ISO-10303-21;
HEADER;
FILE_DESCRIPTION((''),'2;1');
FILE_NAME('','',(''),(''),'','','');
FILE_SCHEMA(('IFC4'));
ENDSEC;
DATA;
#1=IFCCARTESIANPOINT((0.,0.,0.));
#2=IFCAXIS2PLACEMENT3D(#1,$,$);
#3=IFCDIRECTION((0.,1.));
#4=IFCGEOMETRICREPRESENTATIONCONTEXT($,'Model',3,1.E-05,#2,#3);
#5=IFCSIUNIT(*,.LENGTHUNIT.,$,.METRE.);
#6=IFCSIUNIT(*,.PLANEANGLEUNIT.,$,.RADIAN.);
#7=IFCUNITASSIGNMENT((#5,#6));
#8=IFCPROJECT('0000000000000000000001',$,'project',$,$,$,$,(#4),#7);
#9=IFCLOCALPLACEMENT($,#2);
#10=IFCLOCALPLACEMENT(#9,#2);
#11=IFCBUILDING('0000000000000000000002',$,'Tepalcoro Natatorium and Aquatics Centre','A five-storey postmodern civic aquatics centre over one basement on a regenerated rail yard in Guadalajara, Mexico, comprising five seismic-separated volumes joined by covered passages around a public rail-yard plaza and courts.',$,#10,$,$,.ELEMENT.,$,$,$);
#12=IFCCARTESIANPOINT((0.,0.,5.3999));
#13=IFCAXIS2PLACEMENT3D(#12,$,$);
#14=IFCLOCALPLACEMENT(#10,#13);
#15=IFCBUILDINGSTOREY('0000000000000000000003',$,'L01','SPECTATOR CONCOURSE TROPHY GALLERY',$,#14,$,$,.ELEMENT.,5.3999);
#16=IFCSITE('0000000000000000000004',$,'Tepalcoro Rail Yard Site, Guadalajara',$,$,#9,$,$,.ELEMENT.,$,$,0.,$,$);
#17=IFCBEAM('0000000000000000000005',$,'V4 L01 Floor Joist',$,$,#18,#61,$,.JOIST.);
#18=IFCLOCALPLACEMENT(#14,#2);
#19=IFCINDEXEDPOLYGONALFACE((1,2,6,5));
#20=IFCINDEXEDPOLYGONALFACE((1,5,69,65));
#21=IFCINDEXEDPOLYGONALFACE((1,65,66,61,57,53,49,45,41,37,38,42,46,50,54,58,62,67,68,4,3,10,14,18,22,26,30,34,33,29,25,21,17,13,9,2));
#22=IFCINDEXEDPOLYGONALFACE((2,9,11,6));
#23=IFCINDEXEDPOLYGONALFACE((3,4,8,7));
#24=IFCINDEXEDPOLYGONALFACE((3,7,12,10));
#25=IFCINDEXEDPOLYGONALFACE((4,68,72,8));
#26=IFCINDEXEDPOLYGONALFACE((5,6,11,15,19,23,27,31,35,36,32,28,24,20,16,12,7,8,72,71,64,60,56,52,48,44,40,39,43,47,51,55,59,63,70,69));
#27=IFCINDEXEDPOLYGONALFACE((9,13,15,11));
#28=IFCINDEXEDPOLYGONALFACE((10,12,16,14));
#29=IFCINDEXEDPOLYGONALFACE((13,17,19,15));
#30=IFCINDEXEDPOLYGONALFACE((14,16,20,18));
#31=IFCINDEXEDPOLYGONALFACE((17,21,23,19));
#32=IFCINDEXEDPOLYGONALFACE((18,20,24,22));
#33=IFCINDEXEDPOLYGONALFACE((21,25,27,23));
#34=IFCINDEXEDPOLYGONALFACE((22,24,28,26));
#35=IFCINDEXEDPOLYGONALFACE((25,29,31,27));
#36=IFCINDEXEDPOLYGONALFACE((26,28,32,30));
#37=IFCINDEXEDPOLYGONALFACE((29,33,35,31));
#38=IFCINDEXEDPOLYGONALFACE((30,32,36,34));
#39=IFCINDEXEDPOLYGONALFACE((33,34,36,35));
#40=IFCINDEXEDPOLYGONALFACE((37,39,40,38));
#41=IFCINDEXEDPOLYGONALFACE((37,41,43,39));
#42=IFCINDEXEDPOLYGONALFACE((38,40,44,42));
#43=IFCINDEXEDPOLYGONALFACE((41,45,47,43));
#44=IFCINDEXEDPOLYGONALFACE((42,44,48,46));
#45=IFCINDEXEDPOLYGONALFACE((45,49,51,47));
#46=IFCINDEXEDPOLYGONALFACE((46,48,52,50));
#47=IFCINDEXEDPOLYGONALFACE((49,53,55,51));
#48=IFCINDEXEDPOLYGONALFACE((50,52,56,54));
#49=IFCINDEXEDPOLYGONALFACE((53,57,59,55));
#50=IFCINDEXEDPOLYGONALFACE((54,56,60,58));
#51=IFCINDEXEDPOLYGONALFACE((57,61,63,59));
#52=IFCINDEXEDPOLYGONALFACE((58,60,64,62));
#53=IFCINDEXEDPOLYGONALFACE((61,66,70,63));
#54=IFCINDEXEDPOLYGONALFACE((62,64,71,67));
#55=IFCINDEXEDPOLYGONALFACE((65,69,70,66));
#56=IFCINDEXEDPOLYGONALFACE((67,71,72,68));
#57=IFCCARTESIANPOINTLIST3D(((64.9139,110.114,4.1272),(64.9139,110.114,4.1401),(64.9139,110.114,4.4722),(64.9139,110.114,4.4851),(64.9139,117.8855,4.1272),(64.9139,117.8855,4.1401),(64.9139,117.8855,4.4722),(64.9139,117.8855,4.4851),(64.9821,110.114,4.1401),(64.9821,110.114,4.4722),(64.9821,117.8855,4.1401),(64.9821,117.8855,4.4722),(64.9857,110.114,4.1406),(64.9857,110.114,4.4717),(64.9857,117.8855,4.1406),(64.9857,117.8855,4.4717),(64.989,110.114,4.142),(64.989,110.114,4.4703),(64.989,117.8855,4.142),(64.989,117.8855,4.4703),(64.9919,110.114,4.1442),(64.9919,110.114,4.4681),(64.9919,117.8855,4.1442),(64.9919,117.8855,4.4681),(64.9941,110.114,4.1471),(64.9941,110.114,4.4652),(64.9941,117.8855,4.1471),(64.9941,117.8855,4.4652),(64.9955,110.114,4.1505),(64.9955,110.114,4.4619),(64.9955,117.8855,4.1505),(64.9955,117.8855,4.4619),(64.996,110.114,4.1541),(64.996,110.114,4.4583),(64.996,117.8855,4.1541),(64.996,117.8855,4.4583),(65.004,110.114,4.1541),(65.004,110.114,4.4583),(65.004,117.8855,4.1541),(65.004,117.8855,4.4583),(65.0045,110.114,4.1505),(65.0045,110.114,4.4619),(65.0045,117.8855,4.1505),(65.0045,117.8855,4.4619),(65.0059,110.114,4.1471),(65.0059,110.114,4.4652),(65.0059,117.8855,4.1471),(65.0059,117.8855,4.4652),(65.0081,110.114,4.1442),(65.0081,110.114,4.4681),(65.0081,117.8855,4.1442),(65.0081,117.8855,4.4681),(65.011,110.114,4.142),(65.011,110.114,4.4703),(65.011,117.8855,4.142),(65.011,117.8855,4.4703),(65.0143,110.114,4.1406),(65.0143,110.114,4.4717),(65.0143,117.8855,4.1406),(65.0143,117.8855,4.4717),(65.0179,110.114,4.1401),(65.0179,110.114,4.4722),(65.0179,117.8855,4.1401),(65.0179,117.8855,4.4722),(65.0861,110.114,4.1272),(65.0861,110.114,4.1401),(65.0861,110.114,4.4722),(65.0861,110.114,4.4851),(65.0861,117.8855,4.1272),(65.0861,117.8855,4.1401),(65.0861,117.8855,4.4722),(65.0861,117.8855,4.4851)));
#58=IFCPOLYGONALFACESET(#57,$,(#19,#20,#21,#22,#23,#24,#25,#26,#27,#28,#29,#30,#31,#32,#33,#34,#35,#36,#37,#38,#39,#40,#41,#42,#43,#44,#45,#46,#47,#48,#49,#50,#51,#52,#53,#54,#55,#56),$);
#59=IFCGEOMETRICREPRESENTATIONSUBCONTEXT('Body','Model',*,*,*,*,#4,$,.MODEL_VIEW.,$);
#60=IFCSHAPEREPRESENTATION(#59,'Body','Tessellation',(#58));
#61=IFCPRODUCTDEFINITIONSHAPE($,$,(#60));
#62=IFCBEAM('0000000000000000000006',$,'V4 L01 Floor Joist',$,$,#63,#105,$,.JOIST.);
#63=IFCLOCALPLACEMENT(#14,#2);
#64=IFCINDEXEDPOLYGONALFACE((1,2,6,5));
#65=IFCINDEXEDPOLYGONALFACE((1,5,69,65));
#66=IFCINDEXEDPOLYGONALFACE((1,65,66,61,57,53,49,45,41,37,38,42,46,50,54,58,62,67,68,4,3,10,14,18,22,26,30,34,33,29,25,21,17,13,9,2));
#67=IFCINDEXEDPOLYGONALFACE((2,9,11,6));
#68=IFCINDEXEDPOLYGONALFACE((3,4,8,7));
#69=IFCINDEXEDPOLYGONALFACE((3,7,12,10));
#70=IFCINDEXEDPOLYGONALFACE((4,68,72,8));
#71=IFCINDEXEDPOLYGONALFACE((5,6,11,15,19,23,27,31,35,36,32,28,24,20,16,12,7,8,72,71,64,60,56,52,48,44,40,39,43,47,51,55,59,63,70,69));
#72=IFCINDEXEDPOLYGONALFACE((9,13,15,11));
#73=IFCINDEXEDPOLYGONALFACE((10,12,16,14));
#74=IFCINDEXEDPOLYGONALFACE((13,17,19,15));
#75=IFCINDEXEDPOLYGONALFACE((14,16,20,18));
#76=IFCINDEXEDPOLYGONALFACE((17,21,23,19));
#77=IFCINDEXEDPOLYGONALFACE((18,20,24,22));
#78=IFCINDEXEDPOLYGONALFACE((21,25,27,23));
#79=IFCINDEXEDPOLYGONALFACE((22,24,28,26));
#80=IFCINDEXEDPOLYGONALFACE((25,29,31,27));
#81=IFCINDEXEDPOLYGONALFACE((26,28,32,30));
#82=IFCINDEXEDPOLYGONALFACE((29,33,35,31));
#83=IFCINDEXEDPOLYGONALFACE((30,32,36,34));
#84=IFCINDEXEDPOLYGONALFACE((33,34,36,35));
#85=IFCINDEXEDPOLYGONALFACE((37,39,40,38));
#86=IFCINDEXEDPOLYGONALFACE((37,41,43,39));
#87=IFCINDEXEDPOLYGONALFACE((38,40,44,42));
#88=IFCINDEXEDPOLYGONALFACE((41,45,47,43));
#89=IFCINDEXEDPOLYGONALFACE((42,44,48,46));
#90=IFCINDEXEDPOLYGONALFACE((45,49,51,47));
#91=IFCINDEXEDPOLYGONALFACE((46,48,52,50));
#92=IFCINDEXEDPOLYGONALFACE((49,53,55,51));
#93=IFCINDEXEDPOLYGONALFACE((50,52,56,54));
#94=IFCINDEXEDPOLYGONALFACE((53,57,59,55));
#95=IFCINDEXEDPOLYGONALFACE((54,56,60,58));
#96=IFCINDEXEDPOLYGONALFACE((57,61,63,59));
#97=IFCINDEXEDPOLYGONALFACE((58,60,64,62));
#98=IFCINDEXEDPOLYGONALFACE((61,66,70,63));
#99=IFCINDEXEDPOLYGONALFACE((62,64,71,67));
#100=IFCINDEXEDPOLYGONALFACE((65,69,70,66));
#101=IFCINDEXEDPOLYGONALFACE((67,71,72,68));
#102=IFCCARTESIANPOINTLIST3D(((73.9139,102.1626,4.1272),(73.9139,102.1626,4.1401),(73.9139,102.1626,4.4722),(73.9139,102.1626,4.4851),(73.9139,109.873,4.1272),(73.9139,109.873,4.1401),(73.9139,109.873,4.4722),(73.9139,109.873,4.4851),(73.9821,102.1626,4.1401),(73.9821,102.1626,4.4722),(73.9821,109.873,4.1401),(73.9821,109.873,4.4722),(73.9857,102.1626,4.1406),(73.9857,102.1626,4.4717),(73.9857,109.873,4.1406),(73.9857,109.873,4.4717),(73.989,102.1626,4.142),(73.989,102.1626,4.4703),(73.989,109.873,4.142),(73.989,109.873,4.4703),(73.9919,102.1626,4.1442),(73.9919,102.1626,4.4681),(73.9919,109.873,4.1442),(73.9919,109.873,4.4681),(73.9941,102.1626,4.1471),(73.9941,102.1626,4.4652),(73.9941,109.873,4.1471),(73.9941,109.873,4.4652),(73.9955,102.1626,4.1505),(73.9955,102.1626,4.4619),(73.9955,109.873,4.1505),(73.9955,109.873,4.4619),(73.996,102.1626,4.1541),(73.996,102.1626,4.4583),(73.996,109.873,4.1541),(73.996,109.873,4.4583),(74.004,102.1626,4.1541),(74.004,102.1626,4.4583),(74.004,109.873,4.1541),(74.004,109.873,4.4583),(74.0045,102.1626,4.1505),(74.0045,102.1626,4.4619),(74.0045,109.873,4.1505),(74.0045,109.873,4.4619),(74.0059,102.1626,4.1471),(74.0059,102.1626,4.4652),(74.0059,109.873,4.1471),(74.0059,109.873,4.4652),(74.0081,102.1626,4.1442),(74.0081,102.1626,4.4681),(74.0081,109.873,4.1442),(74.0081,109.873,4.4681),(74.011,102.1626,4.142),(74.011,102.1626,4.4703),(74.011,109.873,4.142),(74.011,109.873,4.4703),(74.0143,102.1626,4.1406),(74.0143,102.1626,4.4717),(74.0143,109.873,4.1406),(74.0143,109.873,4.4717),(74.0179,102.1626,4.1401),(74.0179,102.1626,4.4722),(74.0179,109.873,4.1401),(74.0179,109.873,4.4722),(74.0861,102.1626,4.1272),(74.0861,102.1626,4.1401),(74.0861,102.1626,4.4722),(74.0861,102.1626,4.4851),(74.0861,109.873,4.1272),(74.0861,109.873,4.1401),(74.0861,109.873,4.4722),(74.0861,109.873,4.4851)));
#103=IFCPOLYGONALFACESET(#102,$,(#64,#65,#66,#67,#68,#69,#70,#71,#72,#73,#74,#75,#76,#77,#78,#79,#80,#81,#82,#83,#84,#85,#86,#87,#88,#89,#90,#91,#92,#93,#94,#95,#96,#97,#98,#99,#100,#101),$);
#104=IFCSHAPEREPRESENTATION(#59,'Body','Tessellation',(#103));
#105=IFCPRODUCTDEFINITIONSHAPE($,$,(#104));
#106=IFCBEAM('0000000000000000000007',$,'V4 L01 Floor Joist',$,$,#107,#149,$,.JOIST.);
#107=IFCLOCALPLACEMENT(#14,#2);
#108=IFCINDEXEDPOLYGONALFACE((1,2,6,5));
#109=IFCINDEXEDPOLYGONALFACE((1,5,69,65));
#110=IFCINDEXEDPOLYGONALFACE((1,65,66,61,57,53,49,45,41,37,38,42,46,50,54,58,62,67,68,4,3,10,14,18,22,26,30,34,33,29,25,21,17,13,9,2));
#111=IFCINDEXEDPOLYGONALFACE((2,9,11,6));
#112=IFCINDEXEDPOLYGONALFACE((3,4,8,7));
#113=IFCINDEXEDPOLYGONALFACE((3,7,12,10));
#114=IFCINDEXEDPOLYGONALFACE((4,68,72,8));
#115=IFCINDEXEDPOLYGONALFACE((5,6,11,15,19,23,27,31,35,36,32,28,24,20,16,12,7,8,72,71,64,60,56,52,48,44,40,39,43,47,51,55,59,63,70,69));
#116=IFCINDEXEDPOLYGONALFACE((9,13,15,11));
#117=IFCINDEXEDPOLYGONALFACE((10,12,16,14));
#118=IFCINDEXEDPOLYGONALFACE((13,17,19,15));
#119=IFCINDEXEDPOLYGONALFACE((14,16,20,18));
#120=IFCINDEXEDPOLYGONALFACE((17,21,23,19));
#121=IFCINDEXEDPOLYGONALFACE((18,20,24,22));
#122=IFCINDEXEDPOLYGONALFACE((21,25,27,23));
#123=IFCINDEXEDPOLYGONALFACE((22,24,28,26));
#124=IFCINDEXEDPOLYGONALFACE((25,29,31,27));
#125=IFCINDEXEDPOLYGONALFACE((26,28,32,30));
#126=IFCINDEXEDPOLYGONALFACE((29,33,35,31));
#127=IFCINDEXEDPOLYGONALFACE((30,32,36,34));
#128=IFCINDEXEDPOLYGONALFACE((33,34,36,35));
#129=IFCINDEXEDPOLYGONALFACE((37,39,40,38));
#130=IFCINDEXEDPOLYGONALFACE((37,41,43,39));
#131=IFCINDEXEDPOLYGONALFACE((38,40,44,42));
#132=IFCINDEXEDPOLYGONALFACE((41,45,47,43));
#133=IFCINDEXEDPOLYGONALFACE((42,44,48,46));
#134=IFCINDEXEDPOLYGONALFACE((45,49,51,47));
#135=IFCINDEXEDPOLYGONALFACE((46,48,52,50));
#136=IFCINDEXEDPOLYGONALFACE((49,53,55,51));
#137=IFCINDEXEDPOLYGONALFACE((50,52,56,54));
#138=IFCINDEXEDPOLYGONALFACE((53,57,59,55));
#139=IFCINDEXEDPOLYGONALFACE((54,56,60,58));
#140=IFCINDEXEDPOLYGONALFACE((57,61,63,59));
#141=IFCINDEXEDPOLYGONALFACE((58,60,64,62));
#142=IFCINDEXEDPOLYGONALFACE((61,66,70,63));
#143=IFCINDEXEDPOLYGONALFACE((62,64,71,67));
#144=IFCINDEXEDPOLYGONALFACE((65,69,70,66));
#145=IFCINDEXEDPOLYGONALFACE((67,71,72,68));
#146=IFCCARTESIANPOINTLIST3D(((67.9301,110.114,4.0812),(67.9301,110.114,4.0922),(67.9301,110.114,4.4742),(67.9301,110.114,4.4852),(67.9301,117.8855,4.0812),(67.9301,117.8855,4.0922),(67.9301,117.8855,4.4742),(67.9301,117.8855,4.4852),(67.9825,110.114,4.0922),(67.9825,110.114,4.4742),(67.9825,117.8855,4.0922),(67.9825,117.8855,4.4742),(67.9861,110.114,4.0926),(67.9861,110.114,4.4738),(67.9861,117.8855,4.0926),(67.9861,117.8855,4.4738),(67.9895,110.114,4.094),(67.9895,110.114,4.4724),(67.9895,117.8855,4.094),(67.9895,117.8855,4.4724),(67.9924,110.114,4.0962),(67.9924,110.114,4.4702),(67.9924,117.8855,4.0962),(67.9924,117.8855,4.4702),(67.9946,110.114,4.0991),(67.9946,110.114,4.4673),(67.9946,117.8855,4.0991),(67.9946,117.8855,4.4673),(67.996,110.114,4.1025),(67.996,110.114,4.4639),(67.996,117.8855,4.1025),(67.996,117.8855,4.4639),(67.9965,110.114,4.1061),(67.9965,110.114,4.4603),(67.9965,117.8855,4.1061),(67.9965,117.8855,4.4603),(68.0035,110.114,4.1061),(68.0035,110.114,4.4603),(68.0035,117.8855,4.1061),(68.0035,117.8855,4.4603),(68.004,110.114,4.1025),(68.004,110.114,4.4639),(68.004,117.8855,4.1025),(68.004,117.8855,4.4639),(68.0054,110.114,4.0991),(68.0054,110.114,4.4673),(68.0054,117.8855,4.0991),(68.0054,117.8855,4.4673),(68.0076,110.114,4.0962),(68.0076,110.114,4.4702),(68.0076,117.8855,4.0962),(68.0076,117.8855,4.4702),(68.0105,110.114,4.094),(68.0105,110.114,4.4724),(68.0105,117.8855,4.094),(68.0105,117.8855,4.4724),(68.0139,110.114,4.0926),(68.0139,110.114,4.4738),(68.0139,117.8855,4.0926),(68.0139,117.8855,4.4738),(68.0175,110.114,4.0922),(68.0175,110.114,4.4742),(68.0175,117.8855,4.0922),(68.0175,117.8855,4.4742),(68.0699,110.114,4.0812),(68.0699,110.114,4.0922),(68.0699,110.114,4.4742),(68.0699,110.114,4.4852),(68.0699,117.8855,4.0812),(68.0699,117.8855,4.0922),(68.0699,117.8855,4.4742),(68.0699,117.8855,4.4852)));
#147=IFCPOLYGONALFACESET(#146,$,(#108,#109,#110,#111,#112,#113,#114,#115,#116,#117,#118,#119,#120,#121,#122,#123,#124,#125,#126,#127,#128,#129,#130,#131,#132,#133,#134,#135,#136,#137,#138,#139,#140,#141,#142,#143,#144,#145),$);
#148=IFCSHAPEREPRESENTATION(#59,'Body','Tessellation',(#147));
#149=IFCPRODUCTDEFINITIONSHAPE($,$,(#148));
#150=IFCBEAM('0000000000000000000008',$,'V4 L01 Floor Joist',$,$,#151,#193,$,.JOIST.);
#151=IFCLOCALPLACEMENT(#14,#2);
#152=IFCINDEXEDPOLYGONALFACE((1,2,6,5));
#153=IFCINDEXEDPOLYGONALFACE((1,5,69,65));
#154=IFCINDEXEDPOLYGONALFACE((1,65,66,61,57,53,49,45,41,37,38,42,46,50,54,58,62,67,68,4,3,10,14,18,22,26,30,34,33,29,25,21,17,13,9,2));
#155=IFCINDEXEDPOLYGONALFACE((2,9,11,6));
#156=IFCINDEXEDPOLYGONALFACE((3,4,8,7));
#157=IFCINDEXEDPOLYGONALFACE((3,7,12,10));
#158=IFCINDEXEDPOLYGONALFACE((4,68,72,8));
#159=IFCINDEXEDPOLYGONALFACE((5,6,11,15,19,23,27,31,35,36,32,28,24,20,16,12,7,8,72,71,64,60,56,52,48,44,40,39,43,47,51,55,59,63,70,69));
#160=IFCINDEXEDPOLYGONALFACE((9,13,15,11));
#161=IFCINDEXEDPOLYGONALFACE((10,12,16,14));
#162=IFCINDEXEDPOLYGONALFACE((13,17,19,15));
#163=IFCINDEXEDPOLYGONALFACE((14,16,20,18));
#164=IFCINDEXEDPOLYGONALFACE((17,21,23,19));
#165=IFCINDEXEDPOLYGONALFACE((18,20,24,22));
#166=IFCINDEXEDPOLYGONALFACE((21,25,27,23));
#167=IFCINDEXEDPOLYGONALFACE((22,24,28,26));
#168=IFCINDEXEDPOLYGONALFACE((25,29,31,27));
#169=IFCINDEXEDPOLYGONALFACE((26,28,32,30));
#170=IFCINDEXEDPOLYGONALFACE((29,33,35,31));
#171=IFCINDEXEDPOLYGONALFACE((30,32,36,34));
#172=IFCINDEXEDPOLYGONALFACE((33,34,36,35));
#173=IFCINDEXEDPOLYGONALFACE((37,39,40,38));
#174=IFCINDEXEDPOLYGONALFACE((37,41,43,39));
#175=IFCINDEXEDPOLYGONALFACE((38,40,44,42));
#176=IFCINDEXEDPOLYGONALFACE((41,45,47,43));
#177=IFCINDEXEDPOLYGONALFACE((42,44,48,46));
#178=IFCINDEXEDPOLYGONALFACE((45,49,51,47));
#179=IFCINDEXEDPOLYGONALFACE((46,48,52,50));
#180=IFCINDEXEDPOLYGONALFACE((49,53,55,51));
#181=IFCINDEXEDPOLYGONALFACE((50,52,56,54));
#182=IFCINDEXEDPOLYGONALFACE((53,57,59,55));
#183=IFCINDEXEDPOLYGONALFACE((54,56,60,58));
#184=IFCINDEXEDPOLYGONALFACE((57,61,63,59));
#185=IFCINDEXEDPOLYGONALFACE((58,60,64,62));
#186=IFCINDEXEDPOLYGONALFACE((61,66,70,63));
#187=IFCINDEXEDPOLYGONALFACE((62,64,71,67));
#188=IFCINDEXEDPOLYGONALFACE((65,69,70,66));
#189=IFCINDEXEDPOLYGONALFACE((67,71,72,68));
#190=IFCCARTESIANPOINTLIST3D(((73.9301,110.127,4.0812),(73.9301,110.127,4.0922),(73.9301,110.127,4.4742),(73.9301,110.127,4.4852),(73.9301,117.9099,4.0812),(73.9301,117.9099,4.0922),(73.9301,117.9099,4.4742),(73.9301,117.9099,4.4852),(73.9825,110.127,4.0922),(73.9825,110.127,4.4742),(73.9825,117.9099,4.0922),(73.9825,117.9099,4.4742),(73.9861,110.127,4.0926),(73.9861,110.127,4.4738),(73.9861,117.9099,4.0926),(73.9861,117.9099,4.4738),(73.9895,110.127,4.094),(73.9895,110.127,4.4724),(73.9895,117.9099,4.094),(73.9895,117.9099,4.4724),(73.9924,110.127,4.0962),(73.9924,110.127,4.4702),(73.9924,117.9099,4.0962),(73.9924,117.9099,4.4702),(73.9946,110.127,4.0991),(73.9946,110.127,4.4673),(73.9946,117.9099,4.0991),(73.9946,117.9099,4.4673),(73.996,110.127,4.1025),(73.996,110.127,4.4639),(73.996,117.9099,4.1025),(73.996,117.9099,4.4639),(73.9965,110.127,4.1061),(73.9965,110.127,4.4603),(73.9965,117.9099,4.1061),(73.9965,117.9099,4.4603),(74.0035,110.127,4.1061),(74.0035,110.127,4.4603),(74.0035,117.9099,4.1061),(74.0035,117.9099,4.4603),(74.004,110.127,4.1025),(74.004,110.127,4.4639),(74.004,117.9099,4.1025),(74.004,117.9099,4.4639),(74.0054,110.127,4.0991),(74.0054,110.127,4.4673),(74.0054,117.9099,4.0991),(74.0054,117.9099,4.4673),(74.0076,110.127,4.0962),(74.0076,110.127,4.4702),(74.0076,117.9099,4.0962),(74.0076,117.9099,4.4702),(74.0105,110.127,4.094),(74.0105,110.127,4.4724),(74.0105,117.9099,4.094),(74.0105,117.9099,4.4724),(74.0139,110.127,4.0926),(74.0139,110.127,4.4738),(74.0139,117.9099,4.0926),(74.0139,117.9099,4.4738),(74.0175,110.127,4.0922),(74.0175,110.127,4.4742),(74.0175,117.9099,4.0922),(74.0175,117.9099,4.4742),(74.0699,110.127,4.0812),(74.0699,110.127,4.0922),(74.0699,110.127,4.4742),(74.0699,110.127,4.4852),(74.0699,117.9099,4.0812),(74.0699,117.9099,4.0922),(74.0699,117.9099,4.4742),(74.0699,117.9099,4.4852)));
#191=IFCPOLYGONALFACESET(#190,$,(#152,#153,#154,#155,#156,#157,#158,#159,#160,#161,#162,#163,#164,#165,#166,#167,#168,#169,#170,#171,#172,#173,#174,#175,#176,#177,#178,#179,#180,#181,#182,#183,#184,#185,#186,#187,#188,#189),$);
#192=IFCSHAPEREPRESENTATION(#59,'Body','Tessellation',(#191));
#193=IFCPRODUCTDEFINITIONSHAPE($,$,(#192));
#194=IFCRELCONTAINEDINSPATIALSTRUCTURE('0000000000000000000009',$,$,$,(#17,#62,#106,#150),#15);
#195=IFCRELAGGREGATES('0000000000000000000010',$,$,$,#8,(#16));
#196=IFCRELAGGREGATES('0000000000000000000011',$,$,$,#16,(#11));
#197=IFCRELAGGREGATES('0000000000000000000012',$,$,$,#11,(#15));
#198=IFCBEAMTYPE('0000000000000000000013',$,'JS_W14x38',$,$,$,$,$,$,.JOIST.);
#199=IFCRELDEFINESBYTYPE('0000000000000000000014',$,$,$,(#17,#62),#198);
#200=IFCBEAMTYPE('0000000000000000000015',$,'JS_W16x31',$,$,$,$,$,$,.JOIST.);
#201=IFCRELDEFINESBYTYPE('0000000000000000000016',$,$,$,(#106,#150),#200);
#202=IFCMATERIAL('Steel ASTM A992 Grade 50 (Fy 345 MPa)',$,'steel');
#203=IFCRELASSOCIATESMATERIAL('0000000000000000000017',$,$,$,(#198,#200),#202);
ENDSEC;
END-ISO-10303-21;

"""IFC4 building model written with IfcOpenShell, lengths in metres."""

from ifc_helpers import new_model, si_unit, direction, frame, origin, origin_2d, place, context, subcontext, project, spatial, i_section, extrude, material, material_profile, profile_set, type_object, element, save


model = new_model("IFC4")

# Units and contexts
model_context = context("Model", 3, precision=1e-05, world=origin(), true_north=direction((0.0, 1.0)))
body_context = subcontext(model_context, "Body", "Model", "MODEL_VIEW")
ifc_project = project(units=[si_unit("LENGTHUNIT", "METRE"), si_unit("PLANEANGLEUNIT", "RADIAN")], contexts=[model_context])

# Site, building, storey
site_placement = place(None, origin())
site = spatial("IfcSite", under=ifc_project, at=site_placement, Name="Tepalcoro Rail Yard Site, Guadalajara", CompositionType="ELEMENT", RefElevation=0.0)
building_placement = place(site_placement, origin())
building = spatial("IfcBuilding", under=site, at=building_placement, Name="Tepalcoro Natatorium and Aquatics Centre", Description="A five-storey postmodern civic aquatics centre over one basement on a regenerated rail yard in Guadalajara, Mexico, comprising five seismic-separated volumes joined by covered passages around a public rail-yard plaza and courts.", CompositionType="ELEMENT")
storey_placement = place(building_placement, frame((0.0, 0.0, 5.3999)))
storey = spatial("IfcBuildingStorey", under=building, at=storey_placement, Name="L01", Description="SPECTATOR CONCOURSE TROPHY GALLERY", CompositionType="ELEMENT", Elevation=5.3999)

# Beams
ifc_material_1 = material(Name="Steel ASTM A992 Grade 50 (Fy 345 MPa)", Category="steel")
ifc_material_profile_1 = material_profile(ifc_material_1, i_section(OverallWidth=0.1721, OverallDepth=0.3579, WebThickness=0.0081, FlangeThickness=0.0129, FilletRadius=0.0139, at=origin_2d()), Name="W14X38")
ifc_profile_set_1 = profile_set([ifc_material_profile_1], Name="Steel ASTM A992 Grade 50 (Fy 345 MPa)")
beam_type_1 = type_object("IfcBeamType", Name="JS_W14x38", PredefinedType="JOIST", material=ifc_profile_set_1)
beam_1_placement = place(storey_placement, frame((65.0, 110.114, 4.3062), z_axis=(0.0, 1.0, 0.0), x_axis=(-1.0, 0.0, 0.0)))
element("IfcBeam", 1, at=beam_1_placement, inside=storey, type_object=beam_type_1, Name="V4 L01 Floor Joist", PredefinedType="JOIST", context=body_context, shape_type="SweptSolid", body=[
    extrude(i_section(OverallWidth=0.1721, OverallDepth=0.3579, WebThickness=0.0081, FlangeThickness=0.0129, FilletRadius=0.0139, at=origin_2d()), origin(), (0.0, 0.0, 1.0), 7.7715),
])
beam_2_placement = place(storey_placement, frame((74.0, 102.1626, 4.3062), z_axis=(0.0, 1.0, 0.0), x_axis=(-1.0, 0.0, 0.0)))
element("IfcBeam", 2, at=beam_2_placement, inside=storey, type_object=beam_type_1, Name="V4 L01 Floor Joist", PredefinedType="JOIST", context=body_context, shape_type="SweptSolid", body=[
    extrude(i_section(OverallWidth=0.1721, OverallDepth=0.3579, WebThickness=0.0081, FlangeThickness=0.0129, FilletRadius=0.0139, at=origin_2d()), origin(), (0.0, 0.0, 1.0), 7.7104),
])
ifc_material_profile_2 = material_profile(ifc_material_1, i_section(OverallWidth=0.1399, OverallDepth=0.4041, WebThickness=0.0071, FlangeThickness=0.011, FilletRadius=0.0139, at=origin_2d()), Name="W16X31")
ifc_profile_set_2 = profile_set([ifc_material_profile_2], Name="Steel ASTM A992 Grade 50 (Fy 345 MPa)")
beam_type_2 = type_object("IfcBeamType", Name="JS_W16x31", PredefinedType="JOIST", material=ifc_profile_set_2)
beam_3_placement = place(storey_placement, frame((68.0, 110.114, 4.2832), z_axis=(0.0, 1.0, 0.0), x_axis=(-1.0, 0.0, 0.0)))
element("IfcBeam", 3, at=beam_3_placement, inside=storey, type_object=beam_type_2, Name="V4 L01 Floor Joist", PredefinedType="JOIST", context=body_context, shape_type="SweptSolid", body=[
    extrude(i_section(OverallWidth=0.1399, OverallDepth=0.4041, WebThickness=0.0071, FlangeThickness=0.011, FilletRadius=0.0139, at=origin_2d()), origin(), (0.0, 0.0, 1.0), 7.7715),
])
beam_4_placement = place(storey_placement, frame((74.0, 110.127, 4.2832), z_axis=(0.0, 1.0, 0.0), x_axis=(-1.0, 0.0, 0.0)))
element("IfcBeam", 4, at=beam_4_placement, inside=storey, type_object=beam_type_2, Name="V4 L01 Floor Joist", PredefinedType="JOIST", context=body_context, shape_type="SweptSolid", body=[
    extrude(i_section(OverallWidth=0.1399, OverallDepth=0.4041, WebThickness=0.0071, FlangeThickness=0.011, FilletRadius=0.0139, at=origin_2d()), origin(), (0.0, 0.0, 1.0), 7.783),
])

save(model, "model.ifc")
